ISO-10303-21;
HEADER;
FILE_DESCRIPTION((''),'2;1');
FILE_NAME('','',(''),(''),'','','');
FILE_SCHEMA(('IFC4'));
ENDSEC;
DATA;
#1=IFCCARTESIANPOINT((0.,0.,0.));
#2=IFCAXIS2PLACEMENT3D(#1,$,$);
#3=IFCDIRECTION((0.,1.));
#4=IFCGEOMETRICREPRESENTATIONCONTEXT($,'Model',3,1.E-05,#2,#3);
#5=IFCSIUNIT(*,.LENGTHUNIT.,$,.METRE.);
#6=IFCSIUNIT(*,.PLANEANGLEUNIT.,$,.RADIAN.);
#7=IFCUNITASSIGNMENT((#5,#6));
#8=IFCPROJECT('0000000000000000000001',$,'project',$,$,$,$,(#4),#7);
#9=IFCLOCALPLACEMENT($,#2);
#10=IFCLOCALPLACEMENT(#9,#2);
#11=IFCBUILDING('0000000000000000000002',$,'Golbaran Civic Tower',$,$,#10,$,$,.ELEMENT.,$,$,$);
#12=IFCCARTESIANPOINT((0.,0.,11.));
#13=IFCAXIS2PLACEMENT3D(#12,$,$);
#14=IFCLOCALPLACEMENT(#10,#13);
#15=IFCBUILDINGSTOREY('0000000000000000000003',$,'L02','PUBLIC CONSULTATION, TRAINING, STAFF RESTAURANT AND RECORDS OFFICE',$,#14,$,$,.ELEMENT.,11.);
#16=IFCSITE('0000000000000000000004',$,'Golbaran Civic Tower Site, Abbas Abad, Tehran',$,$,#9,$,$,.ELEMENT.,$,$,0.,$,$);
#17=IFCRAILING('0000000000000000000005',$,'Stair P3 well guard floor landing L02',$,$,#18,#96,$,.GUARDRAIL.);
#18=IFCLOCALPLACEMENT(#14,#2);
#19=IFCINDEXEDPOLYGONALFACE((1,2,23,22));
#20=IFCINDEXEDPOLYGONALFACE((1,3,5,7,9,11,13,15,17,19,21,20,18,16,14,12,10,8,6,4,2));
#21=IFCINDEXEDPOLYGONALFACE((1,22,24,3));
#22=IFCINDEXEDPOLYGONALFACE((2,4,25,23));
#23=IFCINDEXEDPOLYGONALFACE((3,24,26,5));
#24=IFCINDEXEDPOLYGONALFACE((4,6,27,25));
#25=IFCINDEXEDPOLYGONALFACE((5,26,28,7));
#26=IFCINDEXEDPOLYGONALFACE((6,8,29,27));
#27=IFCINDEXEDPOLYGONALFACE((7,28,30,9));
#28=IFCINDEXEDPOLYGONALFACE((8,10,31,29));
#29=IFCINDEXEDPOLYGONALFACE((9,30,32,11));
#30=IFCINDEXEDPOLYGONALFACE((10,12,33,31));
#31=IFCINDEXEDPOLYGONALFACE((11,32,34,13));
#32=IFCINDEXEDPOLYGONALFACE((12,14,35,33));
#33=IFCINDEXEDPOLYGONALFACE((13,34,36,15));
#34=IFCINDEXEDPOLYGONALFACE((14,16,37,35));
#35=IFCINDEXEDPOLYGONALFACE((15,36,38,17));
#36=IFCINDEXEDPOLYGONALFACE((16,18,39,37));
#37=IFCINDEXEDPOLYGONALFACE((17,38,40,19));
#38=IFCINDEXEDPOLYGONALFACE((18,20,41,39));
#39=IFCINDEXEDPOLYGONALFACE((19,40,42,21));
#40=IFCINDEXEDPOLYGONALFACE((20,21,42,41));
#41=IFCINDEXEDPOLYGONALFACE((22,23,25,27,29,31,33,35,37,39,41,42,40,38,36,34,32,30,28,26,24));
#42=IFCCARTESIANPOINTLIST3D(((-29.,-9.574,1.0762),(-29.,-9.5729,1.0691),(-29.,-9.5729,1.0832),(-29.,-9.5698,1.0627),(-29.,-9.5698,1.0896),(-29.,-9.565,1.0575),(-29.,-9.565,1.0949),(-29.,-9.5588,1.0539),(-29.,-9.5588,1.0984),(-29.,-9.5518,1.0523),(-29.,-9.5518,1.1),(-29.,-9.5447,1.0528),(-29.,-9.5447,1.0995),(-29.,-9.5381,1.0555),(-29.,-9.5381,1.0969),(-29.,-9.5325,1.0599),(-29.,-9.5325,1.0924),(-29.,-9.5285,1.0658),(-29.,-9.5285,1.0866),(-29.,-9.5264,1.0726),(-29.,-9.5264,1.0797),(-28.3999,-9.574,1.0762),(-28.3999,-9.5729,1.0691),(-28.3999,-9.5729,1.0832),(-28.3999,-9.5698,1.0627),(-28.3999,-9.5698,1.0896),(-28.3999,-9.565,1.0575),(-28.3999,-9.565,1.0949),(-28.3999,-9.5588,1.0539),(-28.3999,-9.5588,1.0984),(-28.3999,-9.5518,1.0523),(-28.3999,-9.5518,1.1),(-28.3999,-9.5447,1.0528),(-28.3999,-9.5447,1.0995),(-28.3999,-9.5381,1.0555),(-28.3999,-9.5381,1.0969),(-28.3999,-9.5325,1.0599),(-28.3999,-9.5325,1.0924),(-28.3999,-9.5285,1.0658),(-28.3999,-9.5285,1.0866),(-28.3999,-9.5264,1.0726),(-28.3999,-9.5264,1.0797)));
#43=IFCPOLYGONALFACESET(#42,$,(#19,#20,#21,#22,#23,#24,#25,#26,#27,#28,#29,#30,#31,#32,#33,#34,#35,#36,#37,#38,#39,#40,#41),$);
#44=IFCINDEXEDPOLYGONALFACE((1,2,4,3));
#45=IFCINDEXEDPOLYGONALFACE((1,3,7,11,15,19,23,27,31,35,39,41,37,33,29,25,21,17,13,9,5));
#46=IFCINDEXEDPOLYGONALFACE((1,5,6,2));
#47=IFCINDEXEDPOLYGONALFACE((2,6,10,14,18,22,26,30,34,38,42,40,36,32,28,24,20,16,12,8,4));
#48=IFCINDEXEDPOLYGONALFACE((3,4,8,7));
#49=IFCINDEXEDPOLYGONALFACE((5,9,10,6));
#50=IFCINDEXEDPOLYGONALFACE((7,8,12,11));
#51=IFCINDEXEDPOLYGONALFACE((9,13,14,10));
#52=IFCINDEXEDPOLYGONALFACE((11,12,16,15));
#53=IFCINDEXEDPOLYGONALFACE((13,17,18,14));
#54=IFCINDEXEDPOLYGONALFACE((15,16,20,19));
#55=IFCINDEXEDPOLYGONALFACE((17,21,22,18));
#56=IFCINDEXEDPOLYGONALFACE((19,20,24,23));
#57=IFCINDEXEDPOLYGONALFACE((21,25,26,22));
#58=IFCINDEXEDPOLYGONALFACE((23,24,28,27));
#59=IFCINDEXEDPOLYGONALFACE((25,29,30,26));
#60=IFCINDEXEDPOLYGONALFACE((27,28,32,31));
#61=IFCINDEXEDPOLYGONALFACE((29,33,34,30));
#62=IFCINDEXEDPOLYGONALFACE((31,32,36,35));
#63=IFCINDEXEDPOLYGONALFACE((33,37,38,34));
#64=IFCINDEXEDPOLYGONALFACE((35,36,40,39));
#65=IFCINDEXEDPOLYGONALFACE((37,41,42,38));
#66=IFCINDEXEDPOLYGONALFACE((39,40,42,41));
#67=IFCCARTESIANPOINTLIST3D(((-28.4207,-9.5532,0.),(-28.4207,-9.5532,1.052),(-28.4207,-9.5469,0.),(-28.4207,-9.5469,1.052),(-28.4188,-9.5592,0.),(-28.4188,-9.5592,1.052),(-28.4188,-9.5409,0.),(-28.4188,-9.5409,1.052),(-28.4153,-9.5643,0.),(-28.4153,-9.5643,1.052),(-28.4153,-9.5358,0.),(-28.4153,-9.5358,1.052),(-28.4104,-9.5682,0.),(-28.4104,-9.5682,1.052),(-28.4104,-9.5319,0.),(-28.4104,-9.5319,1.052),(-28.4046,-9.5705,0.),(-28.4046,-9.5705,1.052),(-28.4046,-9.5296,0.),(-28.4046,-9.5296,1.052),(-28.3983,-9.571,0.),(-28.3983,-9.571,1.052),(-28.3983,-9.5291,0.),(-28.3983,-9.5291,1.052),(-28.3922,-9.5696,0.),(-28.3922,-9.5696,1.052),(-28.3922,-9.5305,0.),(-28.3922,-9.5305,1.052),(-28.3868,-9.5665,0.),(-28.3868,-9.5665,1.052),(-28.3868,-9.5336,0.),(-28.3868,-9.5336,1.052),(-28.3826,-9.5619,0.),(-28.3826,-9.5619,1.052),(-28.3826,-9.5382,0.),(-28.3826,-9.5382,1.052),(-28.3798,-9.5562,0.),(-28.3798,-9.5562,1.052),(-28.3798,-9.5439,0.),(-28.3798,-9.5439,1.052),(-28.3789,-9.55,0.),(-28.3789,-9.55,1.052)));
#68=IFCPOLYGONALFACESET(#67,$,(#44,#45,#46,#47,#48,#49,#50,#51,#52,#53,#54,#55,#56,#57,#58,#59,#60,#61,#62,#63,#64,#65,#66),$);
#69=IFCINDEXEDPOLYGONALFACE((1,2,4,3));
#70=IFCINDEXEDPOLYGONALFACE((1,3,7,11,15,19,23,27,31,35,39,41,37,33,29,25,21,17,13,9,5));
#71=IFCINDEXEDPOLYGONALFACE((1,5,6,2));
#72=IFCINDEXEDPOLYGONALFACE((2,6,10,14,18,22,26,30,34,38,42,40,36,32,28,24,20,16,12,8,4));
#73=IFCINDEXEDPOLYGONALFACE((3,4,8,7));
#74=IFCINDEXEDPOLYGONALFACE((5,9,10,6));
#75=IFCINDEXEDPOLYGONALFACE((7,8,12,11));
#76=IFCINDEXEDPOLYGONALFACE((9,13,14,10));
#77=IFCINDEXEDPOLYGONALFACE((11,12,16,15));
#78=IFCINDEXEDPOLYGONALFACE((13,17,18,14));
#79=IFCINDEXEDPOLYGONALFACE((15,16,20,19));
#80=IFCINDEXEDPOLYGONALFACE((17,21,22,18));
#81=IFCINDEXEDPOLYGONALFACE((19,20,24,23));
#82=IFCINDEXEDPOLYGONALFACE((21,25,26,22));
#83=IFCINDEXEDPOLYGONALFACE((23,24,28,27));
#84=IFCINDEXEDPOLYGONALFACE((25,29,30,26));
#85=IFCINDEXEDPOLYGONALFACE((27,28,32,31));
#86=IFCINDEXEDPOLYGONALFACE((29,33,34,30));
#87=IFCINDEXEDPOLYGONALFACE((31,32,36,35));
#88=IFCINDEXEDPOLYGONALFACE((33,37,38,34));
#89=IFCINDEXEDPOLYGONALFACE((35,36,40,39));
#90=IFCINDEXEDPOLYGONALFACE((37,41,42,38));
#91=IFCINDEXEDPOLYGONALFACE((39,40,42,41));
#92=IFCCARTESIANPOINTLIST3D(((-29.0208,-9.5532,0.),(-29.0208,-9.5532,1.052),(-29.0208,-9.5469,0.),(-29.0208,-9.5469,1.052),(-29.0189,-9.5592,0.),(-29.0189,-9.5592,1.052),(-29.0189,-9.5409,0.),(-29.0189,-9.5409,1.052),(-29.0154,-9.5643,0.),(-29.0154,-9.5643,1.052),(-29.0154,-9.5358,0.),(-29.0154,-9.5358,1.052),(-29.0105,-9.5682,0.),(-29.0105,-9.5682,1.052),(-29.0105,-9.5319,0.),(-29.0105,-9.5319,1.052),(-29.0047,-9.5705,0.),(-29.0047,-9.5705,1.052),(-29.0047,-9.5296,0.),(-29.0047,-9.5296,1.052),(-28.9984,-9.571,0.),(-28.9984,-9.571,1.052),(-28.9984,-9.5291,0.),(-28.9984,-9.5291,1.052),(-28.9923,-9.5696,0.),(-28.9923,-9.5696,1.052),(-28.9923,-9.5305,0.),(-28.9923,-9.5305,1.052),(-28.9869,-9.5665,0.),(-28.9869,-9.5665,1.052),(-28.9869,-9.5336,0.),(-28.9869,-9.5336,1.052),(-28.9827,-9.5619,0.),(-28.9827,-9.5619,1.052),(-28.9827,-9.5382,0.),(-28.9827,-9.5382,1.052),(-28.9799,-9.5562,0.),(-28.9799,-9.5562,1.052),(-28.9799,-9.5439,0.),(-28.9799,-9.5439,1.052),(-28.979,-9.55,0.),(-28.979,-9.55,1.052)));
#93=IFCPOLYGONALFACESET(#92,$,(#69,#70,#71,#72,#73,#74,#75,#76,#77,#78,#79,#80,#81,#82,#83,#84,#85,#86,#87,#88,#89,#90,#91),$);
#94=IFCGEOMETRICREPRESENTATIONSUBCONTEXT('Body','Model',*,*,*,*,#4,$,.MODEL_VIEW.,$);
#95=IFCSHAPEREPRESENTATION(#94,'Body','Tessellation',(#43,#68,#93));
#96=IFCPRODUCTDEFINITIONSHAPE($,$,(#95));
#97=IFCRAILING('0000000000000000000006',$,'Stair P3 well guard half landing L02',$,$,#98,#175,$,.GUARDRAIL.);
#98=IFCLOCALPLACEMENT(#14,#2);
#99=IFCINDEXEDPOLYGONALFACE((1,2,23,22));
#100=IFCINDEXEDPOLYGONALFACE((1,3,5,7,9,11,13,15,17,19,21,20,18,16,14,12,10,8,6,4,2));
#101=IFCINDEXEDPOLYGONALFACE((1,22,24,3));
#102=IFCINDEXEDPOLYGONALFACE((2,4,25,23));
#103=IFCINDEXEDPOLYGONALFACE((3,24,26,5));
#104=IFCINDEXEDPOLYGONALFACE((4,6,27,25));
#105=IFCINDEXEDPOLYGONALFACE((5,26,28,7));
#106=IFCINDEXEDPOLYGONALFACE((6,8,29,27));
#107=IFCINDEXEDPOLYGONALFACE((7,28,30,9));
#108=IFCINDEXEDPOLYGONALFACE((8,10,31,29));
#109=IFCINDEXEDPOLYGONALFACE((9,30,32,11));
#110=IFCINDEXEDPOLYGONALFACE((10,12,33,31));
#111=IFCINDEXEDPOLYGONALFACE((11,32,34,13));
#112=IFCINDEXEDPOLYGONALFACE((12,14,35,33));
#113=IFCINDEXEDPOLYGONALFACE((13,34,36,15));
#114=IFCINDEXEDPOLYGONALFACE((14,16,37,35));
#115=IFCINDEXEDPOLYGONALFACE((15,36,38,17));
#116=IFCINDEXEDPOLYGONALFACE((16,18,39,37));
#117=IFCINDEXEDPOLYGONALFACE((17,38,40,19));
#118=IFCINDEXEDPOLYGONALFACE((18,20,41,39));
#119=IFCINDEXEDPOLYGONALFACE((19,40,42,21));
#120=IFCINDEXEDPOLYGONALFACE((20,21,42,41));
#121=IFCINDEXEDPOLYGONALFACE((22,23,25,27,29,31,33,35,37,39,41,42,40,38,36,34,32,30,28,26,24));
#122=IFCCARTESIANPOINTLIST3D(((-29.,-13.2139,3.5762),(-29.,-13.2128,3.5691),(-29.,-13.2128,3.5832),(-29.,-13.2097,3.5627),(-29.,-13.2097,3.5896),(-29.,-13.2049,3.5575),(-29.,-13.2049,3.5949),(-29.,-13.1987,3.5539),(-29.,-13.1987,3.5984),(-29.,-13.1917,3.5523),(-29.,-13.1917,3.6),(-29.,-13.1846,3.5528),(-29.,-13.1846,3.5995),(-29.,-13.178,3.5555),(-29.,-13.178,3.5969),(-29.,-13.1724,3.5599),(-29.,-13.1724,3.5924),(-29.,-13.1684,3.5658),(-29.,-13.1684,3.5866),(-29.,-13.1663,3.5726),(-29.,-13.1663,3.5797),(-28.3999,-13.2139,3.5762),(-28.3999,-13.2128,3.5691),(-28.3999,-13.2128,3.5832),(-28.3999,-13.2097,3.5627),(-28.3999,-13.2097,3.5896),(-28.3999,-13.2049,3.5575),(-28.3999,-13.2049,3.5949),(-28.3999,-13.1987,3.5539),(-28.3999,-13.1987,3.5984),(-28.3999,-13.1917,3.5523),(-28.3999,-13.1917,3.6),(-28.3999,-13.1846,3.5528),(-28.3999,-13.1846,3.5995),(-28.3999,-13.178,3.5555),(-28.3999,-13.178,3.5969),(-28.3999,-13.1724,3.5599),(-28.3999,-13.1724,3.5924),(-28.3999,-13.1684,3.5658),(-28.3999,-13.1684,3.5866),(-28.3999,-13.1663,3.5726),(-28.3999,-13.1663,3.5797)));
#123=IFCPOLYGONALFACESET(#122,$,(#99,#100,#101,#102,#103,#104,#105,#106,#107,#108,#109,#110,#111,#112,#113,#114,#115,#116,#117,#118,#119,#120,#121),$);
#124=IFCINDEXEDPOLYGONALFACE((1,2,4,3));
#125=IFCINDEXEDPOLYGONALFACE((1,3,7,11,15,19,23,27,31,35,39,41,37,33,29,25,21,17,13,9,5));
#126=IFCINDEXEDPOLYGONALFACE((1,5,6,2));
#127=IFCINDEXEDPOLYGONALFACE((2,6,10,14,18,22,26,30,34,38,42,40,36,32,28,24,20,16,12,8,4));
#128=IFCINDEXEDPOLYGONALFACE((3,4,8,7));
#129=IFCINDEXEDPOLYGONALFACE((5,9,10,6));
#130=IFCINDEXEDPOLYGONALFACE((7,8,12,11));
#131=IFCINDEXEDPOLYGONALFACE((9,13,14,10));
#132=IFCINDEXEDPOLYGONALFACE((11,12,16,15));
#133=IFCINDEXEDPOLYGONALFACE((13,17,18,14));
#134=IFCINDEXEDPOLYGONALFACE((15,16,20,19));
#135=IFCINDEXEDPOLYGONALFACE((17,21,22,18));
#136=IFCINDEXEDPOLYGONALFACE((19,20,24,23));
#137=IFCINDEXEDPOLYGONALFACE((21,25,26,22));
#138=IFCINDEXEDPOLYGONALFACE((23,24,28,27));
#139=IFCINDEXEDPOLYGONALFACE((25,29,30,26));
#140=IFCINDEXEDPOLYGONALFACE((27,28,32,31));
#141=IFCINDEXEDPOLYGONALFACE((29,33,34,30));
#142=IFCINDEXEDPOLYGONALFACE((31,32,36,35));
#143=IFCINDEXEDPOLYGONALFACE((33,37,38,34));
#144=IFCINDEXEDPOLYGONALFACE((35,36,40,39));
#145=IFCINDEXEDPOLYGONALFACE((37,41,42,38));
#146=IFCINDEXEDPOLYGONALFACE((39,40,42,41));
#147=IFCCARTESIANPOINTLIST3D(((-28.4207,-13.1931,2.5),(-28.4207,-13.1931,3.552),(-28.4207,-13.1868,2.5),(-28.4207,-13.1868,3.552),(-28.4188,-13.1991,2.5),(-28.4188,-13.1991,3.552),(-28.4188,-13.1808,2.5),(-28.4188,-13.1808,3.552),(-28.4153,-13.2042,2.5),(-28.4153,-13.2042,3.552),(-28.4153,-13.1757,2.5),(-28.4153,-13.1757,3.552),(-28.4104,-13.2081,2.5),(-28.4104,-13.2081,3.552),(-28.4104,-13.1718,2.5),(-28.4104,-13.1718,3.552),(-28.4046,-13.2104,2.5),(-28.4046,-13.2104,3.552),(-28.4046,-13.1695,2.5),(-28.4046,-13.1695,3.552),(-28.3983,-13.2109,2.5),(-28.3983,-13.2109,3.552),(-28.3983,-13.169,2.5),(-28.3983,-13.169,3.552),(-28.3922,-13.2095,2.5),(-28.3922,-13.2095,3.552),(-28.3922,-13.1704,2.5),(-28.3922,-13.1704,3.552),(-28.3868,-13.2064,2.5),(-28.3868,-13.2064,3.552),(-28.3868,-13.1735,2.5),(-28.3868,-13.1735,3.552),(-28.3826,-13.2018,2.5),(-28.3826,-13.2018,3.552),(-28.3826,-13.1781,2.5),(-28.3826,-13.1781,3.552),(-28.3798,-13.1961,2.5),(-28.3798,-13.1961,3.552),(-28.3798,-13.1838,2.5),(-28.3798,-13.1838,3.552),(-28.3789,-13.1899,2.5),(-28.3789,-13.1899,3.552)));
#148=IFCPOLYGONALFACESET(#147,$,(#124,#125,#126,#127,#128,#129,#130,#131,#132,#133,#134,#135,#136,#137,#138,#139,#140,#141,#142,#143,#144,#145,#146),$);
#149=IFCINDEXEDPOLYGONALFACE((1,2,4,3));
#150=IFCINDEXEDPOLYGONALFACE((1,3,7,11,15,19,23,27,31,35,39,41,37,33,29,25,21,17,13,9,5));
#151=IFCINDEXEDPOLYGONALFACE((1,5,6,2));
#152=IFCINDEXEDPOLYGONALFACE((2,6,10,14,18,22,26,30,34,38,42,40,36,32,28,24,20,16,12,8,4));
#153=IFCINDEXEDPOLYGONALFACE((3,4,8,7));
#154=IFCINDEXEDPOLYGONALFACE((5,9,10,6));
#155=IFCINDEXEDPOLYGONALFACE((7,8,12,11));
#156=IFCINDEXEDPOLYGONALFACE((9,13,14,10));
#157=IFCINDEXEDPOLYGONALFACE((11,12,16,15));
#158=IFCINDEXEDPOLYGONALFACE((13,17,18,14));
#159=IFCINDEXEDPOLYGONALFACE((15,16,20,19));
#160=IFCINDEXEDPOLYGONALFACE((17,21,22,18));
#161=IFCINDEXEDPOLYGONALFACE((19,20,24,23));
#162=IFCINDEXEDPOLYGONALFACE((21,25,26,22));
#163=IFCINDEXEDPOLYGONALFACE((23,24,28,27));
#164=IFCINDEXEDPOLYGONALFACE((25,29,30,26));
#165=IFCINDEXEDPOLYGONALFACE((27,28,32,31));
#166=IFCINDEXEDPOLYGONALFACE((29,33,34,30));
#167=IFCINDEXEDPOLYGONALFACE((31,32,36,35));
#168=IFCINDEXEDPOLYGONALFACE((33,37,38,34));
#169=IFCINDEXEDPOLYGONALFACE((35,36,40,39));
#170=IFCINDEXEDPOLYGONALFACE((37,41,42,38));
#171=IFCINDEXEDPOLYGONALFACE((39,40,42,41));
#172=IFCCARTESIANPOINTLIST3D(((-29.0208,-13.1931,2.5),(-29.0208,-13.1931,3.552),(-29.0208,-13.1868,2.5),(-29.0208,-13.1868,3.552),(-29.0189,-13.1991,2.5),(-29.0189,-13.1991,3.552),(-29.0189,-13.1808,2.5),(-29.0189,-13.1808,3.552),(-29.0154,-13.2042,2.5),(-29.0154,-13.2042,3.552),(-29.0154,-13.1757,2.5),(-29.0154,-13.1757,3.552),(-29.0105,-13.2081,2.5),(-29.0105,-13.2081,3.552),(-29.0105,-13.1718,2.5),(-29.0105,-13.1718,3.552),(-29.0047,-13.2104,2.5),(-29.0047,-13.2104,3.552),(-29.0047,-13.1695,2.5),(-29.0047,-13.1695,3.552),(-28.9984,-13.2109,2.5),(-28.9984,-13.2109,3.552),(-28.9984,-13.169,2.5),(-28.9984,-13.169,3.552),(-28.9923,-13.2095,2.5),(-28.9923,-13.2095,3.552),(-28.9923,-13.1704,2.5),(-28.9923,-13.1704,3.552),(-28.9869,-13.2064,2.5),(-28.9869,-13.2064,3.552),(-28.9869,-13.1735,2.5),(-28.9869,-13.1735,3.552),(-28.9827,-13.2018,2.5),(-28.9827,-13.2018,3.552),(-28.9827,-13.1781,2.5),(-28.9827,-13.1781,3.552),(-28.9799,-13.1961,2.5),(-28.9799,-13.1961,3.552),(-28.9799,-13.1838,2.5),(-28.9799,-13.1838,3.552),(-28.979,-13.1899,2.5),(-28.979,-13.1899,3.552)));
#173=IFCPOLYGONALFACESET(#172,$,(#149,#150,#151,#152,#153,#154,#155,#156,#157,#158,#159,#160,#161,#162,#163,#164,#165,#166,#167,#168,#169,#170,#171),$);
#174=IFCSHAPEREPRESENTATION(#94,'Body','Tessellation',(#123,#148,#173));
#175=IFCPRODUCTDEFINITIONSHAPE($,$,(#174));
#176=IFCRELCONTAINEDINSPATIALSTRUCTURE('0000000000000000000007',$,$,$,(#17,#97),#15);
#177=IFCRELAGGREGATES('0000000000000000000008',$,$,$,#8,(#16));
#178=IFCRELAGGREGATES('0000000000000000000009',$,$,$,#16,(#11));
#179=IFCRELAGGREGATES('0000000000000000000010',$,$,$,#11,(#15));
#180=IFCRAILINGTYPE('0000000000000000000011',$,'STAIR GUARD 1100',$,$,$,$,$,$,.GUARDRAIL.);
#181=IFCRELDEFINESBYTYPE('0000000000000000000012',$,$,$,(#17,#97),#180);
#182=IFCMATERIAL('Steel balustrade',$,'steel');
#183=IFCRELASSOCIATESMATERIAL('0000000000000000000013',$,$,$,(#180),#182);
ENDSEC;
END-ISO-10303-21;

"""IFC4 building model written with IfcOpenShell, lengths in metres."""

from ifc_helpers import new_model, si_unit, direction, frame, origin, origin_2d, place, context, subcontext, project, spatial, circle, extrude, material, type_object, element, save


model = new_model("IFC4")

# Units and contexts
model_context = context("Model", 3, precision=1e-05, world=origin(), true_north=direction((0.0, 1.0)))
body_context = subcontext(model_context, "Body", "Model", "MODEL_VIEW")
ifc_project = project(units=[si_unit("LENGTHUNIT", "METRE"), si_unit("PLANEANGLEUNIT", "RADIAN")], contexts=[model_context])

# Site, building, storey
site_placement = place(None, origin())
site = spatial("IfcSite", under=ifc_project, at=site_placement, Name="Golbaran Civic Tower Site, Abbas Abad, Tehran", CompositionType="ELEMENT", RefElevation=0.0)
building_placement = place(site_placement, origin())
building = spatial("IfcBuilding", under=site, at=building_placement, Name="Golbaran Civic Tower", CompositionType="ELEMENT")
storey_placement = place(building_placement, frame((0.0, 0.0, 11.0)))
storey = spatial("IfcBuildingStorey", under=building, at=storey_placement, Name="L02", Description="PUBLIC CONSULTATION, TRAINING, STAFF RESTAURANT AND RECORDS OFFICE", CompositionType="ELEMENT", Elevation=11.0)

# Railings
ifc_material_1 = material(Name="Steel balustrade", Category="steel")
railing_type_1 = type_object("IfcRailingType", Name="STAIR GUARD 1100", PredefinedType="GUARDRAIL", material=ifc_material_1)
for number, where, name in (
    (1, (-28.3999, -9.55, 0.0), "Stair P3 well guard floor landing L02"),
    (2, (-28.3999, -13.1899, 2.5), "Stair P3 well guard half landing L02"),
):
    element("IfcRailing", number, at=place(storey_placement, frame(where)), inside=storey, type_object=railing_type_1, Name=name, PredefinedType="GUARDRAIL", context=body_context, shape_type="SweptSolid", body=[
        extrude(circle(Radius=0.0239, at=origin_2d()), frame((0.0, 0.0, 1.0762), z_axis=(-1.0, 0.0, 0.0), x_axis=(0.0, -1.0, 0.0)), (0.0, 0.0, 1.0), 0.6001),
        extrude(circle(Radius=0.021, at=origin_2d()), origin(), (0.0, 0.0, 1.0), 1.052),
        extrude(circle(Radius=0.021, at=origin_2d()), frame((-0.6001, 0.0, 0.0)), (0.0, 0.0, 1.0), 1.052),
    ])

save(model, "model.ifc")
